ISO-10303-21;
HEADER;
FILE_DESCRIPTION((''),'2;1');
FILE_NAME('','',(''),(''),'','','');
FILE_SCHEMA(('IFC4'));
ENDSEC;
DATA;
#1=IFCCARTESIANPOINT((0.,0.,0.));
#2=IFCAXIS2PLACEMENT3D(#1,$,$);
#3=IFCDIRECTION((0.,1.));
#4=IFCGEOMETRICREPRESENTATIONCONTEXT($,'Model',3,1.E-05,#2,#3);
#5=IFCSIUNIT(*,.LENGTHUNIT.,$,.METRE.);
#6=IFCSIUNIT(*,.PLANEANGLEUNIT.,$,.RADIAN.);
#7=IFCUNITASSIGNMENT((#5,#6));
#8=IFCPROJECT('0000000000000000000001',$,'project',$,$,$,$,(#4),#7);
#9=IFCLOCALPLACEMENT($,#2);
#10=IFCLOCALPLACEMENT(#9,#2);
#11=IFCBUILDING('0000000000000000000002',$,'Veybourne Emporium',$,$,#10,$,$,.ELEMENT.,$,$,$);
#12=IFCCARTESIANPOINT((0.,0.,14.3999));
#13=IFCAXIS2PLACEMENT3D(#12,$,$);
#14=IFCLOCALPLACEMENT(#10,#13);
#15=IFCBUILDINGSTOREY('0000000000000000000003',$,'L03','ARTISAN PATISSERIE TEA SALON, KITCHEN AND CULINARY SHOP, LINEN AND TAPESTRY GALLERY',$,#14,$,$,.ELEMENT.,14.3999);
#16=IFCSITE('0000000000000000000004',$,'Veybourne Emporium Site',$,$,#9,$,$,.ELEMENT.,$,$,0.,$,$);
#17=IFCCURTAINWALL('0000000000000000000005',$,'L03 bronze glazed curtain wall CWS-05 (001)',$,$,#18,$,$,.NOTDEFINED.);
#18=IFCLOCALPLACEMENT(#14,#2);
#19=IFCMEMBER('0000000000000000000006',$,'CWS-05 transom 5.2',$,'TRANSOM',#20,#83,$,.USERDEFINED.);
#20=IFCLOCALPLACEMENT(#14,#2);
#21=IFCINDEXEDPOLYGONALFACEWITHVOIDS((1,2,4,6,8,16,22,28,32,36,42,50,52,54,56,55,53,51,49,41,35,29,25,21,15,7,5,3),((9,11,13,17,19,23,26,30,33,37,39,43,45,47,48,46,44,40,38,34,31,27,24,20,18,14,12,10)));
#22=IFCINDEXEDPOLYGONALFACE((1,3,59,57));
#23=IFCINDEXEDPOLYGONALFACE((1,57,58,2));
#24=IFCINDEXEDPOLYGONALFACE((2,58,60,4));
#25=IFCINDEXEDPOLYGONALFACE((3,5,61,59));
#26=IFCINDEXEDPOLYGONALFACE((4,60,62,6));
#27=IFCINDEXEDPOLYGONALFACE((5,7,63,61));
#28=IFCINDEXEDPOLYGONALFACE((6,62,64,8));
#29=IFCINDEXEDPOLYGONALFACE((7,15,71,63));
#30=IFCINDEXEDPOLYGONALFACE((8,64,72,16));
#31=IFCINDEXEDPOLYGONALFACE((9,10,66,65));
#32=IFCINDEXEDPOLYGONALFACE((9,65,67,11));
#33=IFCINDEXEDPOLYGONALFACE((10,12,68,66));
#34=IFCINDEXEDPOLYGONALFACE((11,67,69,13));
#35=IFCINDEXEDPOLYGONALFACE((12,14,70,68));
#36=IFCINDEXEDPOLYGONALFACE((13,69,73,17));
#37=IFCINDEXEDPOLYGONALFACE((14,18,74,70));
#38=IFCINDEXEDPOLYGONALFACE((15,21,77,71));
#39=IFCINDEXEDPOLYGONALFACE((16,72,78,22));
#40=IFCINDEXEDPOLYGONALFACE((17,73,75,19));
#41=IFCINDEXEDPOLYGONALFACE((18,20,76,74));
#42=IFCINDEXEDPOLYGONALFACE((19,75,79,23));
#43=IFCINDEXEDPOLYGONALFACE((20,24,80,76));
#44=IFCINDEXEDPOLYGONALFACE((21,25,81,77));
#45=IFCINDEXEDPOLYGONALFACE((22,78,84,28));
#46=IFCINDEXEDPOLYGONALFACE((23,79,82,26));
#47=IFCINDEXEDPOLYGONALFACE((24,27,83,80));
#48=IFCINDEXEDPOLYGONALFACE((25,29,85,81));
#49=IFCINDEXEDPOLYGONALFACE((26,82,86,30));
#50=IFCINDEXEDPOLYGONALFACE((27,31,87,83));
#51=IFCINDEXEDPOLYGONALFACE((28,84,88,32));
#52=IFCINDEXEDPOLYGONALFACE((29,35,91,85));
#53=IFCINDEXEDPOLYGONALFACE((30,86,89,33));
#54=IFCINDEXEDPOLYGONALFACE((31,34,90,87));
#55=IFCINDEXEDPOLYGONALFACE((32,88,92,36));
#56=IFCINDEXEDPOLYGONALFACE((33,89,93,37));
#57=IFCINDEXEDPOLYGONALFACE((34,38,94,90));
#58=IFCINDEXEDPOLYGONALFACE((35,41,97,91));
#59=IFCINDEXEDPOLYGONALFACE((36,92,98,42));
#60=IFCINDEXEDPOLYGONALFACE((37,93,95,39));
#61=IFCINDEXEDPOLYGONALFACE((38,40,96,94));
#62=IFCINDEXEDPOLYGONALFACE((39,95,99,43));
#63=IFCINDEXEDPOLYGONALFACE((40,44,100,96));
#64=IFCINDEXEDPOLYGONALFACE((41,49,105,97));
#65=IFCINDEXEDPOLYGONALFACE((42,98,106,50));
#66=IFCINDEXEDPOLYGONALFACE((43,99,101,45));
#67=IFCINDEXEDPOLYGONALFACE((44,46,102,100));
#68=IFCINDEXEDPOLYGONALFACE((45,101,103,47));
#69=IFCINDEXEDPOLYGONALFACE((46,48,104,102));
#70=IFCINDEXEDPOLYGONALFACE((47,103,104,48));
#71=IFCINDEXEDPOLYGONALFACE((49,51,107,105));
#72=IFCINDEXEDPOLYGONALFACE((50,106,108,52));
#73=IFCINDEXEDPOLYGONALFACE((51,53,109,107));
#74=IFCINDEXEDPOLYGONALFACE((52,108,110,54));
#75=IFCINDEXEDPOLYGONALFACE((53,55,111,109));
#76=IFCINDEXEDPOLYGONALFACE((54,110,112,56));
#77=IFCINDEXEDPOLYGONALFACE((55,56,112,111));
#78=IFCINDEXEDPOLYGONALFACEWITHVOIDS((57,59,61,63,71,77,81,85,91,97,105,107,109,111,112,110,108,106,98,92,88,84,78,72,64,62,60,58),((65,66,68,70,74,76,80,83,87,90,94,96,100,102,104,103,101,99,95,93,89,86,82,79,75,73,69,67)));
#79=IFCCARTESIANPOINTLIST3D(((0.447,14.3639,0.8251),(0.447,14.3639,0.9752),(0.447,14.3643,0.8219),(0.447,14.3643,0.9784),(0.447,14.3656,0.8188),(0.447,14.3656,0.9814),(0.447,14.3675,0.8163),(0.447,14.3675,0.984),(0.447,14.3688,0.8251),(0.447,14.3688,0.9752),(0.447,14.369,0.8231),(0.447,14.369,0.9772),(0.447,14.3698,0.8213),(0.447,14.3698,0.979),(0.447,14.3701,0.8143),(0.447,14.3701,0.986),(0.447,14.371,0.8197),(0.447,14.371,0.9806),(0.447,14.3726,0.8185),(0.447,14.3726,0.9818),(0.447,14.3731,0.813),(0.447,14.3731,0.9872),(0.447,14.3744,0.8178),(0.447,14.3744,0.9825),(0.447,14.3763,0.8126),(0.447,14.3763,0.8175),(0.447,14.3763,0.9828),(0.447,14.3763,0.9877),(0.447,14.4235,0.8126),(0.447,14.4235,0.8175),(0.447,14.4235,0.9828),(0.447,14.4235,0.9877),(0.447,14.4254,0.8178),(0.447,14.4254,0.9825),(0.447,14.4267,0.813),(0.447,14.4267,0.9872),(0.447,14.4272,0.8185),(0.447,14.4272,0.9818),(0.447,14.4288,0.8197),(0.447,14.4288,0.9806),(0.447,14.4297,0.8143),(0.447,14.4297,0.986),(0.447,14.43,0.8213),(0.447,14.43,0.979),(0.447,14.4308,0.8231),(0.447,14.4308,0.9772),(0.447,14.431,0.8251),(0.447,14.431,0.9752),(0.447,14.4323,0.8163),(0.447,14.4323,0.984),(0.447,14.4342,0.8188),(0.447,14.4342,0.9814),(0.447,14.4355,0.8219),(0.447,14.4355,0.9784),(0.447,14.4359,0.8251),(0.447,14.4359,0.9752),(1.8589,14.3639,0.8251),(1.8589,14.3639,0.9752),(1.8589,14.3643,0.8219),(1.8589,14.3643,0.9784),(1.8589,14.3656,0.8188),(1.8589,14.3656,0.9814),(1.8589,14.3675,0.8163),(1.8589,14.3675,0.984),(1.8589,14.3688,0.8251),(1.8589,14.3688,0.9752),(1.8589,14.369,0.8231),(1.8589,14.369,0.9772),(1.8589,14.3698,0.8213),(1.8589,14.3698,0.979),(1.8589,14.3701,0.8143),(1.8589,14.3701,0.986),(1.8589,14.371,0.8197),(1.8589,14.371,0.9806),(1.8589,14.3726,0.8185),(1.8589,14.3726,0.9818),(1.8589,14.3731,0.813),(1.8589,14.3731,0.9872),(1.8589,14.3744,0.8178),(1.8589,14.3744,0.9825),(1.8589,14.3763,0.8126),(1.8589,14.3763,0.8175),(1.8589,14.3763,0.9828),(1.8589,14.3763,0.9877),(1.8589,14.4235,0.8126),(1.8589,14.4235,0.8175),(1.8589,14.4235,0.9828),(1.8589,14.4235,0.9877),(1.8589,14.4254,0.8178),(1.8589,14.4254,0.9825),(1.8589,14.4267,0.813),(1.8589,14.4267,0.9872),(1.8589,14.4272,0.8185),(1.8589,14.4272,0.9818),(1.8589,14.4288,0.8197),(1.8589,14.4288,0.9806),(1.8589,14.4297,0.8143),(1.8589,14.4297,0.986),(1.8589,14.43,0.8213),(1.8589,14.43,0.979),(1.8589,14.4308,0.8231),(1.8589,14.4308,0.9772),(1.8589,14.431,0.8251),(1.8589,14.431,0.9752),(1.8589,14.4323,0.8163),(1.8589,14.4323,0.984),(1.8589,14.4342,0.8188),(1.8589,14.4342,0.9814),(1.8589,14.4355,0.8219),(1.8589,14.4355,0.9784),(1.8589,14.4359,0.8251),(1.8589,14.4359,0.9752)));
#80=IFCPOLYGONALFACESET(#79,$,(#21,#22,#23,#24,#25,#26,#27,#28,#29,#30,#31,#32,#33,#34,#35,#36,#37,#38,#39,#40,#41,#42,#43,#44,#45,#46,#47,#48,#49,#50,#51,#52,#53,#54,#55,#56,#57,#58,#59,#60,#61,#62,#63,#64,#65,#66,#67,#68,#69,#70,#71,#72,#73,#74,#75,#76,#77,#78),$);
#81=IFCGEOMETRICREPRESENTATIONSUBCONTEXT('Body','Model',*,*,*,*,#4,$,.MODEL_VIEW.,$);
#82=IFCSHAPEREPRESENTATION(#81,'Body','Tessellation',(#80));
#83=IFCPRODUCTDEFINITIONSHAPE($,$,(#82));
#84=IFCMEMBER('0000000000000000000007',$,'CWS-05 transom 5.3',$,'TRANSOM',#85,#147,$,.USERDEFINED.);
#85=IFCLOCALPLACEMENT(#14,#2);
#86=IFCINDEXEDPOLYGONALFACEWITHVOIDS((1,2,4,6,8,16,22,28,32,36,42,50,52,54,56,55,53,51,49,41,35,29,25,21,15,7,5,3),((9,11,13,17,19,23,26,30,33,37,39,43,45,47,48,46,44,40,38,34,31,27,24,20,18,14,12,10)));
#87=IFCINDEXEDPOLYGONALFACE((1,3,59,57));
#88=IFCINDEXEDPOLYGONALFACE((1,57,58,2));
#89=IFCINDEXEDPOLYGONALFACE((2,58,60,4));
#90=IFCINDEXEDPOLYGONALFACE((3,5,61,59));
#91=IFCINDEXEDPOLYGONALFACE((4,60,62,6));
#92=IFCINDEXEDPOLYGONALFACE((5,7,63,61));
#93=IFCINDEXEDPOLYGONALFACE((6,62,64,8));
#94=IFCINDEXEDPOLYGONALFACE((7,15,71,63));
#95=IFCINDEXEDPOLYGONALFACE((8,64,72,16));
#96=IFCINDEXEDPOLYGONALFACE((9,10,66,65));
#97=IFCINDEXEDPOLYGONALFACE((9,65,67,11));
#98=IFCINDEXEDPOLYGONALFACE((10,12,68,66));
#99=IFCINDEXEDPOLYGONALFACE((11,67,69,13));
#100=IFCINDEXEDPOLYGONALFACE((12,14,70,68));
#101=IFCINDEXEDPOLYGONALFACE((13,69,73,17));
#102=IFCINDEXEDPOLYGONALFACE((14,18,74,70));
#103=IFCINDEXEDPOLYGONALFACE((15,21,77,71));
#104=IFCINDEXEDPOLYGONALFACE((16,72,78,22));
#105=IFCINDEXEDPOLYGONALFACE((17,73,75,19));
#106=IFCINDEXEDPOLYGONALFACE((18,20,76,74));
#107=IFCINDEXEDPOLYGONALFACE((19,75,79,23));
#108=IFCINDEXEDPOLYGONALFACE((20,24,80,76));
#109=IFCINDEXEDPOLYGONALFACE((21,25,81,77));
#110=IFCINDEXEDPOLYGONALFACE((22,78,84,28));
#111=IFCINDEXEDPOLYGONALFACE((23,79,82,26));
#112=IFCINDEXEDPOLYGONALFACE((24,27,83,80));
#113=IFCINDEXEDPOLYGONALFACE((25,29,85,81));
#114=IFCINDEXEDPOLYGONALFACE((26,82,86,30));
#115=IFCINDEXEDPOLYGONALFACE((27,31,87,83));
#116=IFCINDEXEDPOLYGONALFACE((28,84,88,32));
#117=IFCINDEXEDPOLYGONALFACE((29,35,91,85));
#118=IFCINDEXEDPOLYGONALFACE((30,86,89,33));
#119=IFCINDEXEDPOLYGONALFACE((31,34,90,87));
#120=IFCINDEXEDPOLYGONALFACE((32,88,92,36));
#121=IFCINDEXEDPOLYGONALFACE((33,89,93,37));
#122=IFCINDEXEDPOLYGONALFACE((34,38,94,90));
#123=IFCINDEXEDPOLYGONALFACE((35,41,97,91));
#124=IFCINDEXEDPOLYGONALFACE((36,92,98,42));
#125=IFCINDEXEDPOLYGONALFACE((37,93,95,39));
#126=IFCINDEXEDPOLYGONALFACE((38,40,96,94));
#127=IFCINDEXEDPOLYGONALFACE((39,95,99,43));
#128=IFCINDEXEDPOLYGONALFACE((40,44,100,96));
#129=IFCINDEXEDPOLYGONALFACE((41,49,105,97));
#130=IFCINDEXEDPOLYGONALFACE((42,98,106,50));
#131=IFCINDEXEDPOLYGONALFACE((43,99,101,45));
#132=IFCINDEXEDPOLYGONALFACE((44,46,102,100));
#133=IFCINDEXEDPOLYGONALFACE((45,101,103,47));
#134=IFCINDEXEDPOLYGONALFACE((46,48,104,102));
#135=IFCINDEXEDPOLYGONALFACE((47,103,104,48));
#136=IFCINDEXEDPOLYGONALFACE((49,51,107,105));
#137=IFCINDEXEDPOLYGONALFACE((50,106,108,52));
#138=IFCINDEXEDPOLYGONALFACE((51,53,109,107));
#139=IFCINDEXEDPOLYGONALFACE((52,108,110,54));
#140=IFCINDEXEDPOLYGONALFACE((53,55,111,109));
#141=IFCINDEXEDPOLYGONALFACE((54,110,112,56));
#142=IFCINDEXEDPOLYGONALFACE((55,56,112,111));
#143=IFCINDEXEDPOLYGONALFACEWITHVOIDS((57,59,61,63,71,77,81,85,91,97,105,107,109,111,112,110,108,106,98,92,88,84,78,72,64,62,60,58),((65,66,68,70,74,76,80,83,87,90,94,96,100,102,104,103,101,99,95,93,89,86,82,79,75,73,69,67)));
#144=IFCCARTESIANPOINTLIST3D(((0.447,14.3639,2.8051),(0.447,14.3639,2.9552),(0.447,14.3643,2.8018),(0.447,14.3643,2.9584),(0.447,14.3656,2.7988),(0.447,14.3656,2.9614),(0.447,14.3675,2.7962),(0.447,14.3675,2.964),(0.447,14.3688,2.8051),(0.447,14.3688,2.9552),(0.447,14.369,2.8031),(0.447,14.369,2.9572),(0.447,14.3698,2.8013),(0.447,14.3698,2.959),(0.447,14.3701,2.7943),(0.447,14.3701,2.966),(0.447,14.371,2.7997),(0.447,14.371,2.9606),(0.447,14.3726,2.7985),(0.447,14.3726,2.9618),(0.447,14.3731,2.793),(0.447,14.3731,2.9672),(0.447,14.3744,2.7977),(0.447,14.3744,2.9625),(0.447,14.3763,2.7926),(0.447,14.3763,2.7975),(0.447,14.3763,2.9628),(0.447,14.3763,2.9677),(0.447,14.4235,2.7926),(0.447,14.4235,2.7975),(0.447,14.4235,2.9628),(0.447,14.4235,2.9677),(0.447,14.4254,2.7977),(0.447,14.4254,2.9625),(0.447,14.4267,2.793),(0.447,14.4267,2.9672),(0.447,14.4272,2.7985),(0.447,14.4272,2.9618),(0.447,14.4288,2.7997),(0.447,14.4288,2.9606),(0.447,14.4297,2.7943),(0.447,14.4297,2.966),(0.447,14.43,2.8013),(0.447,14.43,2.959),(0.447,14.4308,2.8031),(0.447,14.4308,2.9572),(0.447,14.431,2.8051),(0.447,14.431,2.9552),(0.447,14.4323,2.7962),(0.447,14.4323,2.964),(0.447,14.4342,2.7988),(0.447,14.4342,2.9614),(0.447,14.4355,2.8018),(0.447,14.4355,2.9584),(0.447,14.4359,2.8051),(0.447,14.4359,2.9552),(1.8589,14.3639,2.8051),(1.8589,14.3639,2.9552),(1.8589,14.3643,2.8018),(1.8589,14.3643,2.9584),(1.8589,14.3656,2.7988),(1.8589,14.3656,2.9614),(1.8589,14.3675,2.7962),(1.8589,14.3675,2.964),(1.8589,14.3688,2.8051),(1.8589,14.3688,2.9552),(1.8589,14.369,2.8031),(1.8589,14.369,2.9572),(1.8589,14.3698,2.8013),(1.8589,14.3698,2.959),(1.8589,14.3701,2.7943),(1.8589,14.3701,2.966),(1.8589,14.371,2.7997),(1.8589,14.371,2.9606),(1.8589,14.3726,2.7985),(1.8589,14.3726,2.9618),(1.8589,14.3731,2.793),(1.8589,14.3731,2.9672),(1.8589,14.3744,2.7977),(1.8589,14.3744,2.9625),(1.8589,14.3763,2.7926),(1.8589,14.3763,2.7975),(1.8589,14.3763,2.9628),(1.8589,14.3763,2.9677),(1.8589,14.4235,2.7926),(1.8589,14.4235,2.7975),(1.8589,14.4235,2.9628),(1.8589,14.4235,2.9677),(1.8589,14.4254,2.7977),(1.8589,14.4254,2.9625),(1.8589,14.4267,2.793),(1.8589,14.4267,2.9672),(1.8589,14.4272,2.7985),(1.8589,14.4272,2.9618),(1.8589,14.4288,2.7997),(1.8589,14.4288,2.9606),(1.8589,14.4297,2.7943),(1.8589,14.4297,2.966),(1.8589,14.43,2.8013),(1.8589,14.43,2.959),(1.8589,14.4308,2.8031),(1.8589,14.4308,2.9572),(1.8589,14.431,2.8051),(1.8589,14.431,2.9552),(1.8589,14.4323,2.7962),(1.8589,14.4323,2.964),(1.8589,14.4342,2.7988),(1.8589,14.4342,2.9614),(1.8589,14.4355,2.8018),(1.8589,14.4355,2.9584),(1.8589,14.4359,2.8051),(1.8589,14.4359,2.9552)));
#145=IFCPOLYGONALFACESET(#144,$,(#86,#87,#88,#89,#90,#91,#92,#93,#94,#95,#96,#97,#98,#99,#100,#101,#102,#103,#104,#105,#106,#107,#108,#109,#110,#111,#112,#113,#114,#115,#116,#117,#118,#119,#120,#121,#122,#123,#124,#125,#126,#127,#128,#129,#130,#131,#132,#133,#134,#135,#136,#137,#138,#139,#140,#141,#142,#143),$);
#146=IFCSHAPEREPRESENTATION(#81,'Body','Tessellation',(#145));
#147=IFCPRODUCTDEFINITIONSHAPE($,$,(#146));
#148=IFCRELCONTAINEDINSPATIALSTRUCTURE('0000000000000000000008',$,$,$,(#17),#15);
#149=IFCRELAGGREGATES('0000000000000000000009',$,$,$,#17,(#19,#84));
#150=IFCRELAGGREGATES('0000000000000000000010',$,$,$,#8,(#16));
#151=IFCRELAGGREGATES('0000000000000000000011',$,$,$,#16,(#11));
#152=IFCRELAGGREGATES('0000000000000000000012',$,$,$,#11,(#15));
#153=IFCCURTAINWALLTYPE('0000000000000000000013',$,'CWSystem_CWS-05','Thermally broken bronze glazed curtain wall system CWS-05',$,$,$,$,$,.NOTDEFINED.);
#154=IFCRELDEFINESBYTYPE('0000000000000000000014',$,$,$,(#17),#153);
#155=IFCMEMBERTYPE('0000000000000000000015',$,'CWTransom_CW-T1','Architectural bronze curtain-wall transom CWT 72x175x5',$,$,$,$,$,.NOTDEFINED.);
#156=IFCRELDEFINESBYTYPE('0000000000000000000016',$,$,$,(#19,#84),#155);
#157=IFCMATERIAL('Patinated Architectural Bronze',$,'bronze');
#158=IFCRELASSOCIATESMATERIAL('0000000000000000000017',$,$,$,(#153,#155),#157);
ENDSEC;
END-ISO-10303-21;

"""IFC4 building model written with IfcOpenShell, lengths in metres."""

from ifc_helpers import new_model, si_unit, direction, frame, origin, origin_2d, place, context, subcontext, project, spatial, hollow_rectangle, extrude, material, material_profile, profile_set, type_object, element, aggregate, save


model = new_model("IFC4")

# Units and contexts
model_context = context("Model", 3, precision=1e-05, world=origin(), true_north=direction((0.0, 1.0)))
body_context = subcontext(model_context, "Body", "Model", "MODEL_VIEW")
ifc_project = project(units=[si_unit("LENGTHUNIT", "METRE"), si_unit("PLANEANGLEUNIT", "RADIAN")], contexts=[model_context])

# Site, building, storey
site_placement = place(None, origin())
site = spatial("IfcSite", under=ifc_project, at=site_placement, Name="Veybourne Emporium Site", CompositionType="ELEMENT", RefElevation=0.0)
building_placement = place(site_placement, origin())
building = spatial("IfcBuilding", under=site, at=building_placement, Name="Veybourne Emporium", CompositionType="ELEMENT")
storey_placement = place(building_placement, frame((0.0, 0.0, 14.3999)))
storey = spatial("IfcBuildingStorey", under=building, at=storey_placement, Name="L03", Description="ARTISAN PATISSERIE TEA SALON, KITCHEN AND CULINARY SHOP, LINEN AND TAPESTRY GALLERY", CompositionType="ELEMENT", Elevation=14.3999)

# Curtain wall, members
ifc_material_1 = material(Name="Patinated Architectural Bronze", Category="bronze")
curtain_wall_type = type_object("IfcCurtainWallType", Name="CWSystem_CWS-05", Description="Thermally broken bronze glazed curtain wall system CWS-05", PredefinedType="NOTDEFINED", material=ifc_material_1)
curtain_wall_placement = place(storey_placement, origin())
curtain_wall = element("IfcCurtainWall", 1, at=curtain_wall_placement, inside=storey, type_object=curtain_wall_type, Name="L03 bronze glazed curtain wall CWS-05 (001)", PredefinedType="NOTDEFINED")
ifc_material_profile_1 = material_profile(ifc_material_1, hollow_rectangle(XDim=0.072, YDim=0.175, WallThickness=0.0049, InnerFilletRadius=0.0076, OuterFilletRadius=0.0125, at=origin_2d()), Name="CWT 72x175x5")
ifc_profile_set_1 = profile_set([ifc_material_profile_1], Name="Patinated Architectural Bronze")
member_type_1 = type_object("IfcMemberType", Name="CWTransom_CW-T1", Description="Architectural bronze curtain-wall transom CWT 72x175x5", PredefinedType="NOTDEFINED", material=ifc_profile_set_1)
member_1_placement = place(storey_placement, frame((1.8589, 14.3999, 0.9001), z_axis=(-1.0, 0.0, 0.0), x_axis=(0.0, -1.0, 0.0)))
member_1 = element("IfcMember", 2, at=member_1_placement, type_object=member_type_1, Name="CWS-05 transom 5.2", ObjectType="TRANSOM", PredefinedType="USERDEFINED", context=body_context, shape_type="SweptSolid", body=[
    extrude(hollow_rectangle(XDim=0.072, YDim=0.175, WallThickness=0.0049, InnerFilletRadius=0.0076, OuterFilletRadius=0.0125, at=origin_2d()), origin(), (0.0, 0.0, 1.0), 1.4119),
])
member_2_placement = place(storey_placement, frame((1.8589, 14.3999, 2.8801), z_axis=(-1.0, 0.0, 0.0), x_axis=(0.0, -1.0, 0.0)))
member_2 = element("IfcMember", 3, at=member_2_placement, type_object=member_type_1, Name="CWS-05 transom 5.3", ObjectType="TRANSOM", PredefinedType="USERDEFINED", context=body_context, shape_type="SweptSolid", body=[
    extrude(hollow_rectangle(XDim=0.072, YDim=0.175, WallThickness=0.0049, InnerFilletRadius=0.0076, OuterFilletRadius=0.0125, at=origin_2d()), origin(), (0.0, 0.0, 1.0), 1.4119),
])
aggregate(curtain_wall, [member_1, member_2])

save(model, "model.ifc")
